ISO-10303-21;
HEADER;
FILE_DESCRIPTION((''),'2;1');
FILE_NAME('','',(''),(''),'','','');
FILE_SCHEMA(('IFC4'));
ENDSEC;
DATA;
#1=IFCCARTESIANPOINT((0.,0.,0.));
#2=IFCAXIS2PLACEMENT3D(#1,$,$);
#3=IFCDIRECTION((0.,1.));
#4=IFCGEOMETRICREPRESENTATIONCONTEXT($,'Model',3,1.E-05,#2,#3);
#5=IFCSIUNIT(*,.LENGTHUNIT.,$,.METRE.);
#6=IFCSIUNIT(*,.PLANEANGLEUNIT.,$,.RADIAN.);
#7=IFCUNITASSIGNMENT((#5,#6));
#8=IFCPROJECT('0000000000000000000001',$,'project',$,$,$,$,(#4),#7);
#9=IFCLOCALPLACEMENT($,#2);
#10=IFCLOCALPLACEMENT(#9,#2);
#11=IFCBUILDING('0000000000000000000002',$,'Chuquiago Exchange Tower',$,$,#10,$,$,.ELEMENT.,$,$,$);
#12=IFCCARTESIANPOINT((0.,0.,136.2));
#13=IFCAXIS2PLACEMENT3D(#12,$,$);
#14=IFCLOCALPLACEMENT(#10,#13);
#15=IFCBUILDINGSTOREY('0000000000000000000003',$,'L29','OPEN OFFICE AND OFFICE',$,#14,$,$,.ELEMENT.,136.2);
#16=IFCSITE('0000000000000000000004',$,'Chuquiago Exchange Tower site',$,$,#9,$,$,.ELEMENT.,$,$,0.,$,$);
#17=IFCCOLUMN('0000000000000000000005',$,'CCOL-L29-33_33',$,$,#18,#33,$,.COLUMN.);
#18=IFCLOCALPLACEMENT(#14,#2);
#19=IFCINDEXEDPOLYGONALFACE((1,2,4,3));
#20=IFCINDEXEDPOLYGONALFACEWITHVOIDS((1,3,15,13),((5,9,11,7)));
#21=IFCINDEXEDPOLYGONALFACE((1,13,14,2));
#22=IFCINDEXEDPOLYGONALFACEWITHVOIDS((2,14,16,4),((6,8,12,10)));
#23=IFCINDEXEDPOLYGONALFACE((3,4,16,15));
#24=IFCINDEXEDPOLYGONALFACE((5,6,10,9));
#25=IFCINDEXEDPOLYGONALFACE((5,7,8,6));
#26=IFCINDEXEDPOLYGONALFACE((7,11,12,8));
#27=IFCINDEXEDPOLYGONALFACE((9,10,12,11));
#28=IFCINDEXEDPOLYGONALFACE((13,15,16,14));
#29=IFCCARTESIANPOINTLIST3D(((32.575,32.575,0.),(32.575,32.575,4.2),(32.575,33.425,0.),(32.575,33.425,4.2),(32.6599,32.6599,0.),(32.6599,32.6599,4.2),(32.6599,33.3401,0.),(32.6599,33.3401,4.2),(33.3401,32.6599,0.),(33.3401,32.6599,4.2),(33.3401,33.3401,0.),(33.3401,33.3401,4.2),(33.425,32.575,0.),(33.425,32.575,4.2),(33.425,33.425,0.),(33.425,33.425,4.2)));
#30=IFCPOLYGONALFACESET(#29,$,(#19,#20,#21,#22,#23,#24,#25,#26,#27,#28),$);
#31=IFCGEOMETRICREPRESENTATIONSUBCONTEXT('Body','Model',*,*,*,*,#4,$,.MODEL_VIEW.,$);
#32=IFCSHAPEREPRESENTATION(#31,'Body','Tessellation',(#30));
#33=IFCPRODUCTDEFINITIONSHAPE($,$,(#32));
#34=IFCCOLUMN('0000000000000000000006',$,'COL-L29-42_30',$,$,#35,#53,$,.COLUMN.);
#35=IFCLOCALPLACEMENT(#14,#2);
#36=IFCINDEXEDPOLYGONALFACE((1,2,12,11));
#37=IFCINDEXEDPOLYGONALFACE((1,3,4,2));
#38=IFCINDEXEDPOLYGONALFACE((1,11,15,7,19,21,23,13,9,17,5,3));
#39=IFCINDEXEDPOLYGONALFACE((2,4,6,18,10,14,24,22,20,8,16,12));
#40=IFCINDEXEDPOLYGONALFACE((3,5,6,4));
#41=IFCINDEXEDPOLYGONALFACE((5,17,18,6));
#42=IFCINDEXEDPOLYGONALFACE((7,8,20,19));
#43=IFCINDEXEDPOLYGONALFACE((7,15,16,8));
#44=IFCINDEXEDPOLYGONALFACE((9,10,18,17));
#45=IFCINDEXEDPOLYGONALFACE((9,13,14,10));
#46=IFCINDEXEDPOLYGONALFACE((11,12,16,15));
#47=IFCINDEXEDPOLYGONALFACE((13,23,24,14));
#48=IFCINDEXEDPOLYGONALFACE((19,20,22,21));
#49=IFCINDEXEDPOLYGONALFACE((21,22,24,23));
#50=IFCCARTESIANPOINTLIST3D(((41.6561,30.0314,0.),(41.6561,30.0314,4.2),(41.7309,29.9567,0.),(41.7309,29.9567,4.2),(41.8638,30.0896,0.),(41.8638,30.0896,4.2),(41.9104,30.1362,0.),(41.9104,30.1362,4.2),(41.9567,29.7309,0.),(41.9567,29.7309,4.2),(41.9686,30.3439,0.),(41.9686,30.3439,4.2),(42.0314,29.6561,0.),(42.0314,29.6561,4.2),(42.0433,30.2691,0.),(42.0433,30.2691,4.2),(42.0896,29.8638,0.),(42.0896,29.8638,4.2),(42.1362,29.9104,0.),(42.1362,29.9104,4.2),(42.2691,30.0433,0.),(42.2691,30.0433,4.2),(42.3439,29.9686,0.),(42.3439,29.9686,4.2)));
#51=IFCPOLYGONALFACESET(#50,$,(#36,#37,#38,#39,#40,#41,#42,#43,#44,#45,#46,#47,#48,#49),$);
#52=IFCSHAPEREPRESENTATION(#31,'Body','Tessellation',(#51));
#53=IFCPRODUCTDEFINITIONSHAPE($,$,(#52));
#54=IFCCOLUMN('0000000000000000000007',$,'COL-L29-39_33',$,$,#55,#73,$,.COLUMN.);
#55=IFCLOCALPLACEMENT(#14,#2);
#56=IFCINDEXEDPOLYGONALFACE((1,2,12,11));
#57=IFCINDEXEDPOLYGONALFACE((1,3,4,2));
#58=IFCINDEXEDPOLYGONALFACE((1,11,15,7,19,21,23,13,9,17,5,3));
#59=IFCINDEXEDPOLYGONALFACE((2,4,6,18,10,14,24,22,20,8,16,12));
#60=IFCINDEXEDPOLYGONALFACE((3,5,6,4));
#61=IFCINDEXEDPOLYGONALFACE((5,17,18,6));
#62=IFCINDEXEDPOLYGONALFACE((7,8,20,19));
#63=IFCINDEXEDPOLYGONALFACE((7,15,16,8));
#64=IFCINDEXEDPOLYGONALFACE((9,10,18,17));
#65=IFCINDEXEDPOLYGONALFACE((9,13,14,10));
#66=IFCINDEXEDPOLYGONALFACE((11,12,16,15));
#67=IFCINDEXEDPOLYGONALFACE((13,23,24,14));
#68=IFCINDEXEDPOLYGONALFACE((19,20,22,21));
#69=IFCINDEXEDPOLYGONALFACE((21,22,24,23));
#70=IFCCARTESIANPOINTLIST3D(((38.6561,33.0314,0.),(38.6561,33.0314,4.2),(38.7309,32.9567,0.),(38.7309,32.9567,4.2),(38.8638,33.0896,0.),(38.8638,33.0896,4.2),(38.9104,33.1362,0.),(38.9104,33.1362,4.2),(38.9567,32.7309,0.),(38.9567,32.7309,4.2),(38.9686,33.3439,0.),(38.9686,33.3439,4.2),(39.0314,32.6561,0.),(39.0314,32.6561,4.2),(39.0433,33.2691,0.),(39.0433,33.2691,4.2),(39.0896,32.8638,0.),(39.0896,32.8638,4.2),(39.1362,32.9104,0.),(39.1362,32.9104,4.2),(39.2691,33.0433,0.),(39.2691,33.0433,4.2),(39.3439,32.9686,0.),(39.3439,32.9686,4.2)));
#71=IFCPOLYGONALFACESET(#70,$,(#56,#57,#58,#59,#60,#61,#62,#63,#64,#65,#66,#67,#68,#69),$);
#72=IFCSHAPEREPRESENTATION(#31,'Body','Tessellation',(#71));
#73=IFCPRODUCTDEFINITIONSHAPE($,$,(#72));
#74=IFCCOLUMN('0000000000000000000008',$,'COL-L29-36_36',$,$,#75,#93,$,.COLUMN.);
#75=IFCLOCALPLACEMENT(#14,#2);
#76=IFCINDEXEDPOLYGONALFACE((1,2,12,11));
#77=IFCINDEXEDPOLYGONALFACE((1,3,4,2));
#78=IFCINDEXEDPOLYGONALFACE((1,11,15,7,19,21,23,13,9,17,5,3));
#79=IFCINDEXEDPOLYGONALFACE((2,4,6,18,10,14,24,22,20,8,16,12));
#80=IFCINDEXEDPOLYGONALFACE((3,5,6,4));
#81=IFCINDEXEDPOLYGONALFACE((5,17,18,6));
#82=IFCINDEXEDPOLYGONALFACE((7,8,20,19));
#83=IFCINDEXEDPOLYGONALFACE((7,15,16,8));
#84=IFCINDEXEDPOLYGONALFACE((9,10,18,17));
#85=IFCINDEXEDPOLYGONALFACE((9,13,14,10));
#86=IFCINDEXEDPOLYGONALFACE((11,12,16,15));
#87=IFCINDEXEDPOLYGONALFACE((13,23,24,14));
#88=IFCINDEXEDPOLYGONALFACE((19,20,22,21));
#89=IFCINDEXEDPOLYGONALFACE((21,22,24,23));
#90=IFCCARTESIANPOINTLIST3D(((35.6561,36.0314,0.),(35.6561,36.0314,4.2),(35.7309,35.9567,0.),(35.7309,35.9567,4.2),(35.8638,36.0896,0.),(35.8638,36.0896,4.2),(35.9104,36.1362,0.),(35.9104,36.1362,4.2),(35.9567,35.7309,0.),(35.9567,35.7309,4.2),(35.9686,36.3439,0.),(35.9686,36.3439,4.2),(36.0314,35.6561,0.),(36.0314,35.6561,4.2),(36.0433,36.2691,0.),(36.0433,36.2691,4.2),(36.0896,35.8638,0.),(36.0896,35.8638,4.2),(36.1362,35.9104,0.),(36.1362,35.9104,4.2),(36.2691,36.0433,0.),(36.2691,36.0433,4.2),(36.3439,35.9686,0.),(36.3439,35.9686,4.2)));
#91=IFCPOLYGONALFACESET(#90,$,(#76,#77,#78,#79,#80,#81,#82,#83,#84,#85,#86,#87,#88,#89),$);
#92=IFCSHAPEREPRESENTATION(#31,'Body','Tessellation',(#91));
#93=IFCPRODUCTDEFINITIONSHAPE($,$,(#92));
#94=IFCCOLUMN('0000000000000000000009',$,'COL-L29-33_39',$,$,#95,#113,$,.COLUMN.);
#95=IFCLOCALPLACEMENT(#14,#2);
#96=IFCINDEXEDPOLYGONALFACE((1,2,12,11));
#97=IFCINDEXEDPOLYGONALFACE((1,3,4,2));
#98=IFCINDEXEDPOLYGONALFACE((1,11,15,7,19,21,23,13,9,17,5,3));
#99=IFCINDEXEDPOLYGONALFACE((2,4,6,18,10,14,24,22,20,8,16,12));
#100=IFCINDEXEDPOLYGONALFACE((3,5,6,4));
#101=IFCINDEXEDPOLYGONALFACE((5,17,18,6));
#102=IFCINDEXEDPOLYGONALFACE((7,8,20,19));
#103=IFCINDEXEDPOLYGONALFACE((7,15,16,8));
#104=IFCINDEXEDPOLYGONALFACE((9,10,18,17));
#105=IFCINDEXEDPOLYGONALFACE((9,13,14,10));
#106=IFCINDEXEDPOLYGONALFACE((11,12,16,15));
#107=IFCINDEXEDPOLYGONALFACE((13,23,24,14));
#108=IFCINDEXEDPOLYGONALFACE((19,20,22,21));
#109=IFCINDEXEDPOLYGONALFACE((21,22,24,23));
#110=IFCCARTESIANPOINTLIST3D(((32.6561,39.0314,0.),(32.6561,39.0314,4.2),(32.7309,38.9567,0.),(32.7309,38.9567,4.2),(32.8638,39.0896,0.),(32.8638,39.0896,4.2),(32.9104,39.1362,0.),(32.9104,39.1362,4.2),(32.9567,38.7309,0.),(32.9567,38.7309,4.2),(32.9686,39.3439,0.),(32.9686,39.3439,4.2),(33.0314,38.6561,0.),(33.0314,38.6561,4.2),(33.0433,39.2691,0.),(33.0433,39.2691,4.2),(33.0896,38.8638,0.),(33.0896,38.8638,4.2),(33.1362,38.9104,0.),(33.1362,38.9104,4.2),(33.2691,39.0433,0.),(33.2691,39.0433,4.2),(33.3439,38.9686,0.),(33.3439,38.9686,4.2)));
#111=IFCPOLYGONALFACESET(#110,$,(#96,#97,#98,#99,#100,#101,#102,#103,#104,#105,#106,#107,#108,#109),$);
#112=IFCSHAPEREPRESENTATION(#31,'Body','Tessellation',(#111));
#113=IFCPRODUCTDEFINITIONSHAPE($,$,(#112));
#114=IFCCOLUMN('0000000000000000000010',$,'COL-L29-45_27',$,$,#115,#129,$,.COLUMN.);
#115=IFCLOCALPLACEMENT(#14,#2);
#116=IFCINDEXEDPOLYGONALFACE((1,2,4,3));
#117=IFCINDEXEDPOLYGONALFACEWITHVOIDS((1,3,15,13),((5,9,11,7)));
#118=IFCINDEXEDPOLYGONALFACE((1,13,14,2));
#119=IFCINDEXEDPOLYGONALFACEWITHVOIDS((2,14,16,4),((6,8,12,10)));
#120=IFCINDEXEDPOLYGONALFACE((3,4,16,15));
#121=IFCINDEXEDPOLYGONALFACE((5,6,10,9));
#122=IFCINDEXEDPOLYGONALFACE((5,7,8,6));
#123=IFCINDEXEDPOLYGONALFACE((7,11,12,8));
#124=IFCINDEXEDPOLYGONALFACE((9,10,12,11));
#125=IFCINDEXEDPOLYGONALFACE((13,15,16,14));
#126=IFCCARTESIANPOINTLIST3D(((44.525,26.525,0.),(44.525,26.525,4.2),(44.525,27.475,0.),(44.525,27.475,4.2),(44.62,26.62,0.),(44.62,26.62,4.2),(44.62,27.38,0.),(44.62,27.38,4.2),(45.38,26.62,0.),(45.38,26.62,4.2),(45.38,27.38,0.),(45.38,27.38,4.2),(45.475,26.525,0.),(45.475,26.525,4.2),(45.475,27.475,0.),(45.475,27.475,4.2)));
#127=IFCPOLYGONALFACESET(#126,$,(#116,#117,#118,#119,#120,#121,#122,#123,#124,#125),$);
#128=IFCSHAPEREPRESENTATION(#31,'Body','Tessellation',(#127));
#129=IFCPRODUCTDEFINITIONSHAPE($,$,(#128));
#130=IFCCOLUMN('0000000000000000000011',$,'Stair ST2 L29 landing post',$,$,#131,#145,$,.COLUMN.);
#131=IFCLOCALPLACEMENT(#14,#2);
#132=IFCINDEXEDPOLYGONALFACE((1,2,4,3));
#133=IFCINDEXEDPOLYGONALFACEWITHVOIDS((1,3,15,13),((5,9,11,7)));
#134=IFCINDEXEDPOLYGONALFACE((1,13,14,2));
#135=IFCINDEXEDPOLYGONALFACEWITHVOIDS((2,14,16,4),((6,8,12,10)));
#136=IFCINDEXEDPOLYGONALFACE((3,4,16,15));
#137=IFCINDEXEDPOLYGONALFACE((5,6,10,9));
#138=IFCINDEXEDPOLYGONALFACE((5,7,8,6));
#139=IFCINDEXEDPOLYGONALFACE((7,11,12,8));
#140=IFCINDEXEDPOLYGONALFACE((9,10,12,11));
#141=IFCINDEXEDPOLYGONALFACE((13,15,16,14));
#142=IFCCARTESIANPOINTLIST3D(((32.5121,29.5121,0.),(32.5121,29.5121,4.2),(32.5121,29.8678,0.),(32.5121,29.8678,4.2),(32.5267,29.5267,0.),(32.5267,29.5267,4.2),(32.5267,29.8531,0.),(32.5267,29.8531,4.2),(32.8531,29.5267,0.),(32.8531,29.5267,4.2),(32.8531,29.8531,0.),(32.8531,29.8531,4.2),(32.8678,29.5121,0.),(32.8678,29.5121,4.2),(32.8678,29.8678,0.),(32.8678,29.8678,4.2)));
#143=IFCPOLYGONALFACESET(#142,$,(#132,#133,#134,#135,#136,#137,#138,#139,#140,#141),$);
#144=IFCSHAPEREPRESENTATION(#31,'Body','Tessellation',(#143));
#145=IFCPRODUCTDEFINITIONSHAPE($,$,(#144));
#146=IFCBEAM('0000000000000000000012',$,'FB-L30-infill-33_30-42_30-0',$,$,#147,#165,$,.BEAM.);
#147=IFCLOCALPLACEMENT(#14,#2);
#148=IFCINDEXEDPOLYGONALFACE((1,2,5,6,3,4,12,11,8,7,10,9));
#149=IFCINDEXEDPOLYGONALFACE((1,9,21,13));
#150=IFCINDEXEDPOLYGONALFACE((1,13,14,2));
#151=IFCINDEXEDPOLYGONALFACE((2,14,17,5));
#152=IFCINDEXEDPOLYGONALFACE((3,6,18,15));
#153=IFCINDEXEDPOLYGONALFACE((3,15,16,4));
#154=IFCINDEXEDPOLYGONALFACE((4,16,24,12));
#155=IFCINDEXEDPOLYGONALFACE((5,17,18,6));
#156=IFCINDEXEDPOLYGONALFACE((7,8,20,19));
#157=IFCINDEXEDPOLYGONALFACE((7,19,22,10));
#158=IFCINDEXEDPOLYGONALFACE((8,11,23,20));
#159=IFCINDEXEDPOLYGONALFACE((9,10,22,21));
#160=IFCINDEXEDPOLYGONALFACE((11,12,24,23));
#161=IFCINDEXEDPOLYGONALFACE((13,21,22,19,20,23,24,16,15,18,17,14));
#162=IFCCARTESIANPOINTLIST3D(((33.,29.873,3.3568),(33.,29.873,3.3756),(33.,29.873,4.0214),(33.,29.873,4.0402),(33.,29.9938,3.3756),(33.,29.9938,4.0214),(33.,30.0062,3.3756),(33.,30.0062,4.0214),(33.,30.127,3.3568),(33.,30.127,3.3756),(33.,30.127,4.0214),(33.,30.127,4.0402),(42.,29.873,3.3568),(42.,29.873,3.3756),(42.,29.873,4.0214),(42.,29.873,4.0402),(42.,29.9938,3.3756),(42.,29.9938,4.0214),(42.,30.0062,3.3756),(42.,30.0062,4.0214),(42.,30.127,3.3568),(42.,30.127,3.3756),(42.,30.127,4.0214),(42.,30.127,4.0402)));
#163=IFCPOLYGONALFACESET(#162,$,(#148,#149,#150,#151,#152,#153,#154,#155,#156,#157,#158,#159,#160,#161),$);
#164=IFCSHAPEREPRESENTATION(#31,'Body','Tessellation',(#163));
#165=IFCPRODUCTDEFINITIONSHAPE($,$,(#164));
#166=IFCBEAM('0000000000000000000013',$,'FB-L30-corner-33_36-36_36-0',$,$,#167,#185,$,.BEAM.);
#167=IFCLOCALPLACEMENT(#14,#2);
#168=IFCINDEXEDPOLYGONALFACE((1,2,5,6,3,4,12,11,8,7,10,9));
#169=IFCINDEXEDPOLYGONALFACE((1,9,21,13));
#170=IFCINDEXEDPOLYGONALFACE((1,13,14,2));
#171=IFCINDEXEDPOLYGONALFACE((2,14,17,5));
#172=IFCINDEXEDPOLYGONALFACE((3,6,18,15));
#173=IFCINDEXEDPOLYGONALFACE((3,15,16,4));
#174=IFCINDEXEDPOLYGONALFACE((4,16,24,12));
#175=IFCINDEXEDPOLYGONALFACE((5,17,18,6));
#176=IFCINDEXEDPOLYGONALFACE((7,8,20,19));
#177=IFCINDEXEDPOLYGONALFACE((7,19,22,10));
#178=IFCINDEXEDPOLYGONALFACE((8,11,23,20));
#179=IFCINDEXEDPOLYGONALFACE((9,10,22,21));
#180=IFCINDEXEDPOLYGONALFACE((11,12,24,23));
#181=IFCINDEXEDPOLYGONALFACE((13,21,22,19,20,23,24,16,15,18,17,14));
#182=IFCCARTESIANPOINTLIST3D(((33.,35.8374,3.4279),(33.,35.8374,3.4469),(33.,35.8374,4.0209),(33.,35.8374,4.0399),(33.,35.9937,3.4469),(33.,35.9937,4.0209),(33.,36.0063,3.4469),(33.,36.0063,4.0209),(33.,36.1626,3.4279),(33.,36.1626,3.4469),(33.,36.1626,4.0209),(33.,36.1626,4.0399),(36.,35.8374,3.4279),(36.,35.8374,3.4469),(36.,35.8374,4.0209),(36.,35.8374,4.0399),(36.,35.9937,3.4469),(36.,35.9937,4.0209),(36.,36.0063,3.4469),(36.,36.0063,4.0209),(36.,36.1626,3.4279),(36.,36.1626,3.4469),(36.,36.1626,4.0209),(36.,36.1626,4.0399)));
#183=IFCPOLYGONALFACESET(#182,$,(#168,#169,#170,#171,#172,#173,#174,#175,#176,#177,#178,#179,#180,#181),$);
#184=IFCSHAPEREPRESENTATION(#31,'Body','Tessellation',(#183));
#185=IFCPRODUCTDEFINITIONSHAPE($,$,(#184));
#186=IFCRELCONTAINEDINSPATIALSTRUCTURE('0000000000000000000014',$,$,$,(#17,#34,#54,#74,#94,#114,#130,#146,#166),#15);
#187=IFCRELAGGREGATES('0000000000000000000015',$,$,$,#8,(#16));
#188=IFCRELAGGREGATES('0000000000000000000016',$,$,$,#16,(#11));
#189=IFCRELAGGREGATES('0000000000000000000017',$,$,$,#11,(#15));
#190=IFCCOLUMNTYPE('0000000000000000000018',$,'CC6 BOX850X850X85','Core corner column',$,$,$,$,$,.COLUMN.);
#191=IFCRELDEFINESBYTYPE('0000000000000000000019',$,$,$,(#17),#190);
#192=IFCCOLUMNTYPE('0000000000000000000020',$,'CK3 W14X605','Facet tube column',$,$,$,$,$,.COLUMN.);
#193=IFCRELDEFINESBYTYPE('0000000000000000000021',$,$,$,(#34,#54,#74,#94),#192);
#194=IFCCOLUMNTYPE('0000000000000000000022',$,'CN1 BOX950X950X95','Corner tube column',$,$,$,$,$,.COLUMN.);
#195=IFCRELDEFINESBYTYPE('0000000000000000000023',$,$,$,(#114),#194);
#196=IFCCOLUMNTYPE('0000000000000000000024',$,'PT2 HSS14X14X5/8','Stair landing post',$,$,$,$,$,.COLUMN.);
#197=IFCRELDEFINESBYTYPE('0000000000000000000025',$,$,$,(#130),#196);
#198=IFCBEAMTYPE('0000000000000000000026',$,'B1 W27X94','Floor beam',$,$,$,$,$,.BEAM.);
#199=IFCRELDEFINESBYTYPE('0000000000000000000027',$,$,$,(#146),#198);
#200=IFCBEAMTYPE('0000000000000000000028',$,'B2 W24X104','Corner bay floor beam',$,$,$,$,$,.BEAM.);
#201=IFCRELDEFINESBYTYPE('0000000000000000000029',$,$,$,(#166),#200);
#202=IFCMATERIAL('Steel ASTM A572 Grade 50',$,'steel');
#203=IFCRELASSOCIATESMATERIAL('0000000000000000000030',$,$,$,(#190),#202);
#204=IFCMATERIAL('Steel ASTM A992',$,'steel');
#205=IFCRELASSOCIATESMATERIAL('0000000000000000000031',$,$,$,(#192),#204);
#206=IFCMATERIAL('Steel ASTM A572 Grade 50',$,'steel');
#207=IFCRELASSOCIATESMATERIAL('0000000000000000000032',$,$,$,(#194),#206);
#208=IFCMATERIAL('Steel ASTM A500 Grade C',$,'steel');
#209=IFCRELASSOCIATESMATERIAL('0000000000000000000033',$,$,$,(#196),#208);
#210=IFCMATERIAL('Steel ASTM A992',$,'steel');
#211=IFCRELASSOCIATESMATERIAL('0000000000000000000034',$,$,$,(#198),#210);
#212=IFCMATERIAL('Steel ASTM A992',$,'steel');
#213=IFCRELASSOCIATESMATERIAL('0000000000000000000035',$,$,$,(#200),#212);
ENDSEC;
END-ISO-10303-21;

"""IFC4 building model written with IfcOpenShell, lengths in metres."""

from ifc_helpers import new_model, si_unit, direction, frame, origin, origin_2d, place, context, subcontext, project, spatial, hollow_rectangle, i_section, extrude, material, material_profile, profile_set, type_object, element, save


model = new_model("IFC4")

# Units and contexts
model_context = context("Model", 3, precision=1e-05, world=origin(), true_north=direction((0.0, 1.0)))
body_context = subcontext(model_context, "Body", "Model", "MODEL_VIEW")
ifc_project = project(units=[si_unit("LENGTHUNIT", "METRE"), si_unit("PLANEANGLEUNIT", "RADIAN")], contexts=[model_context])

# Site, building, storey
site_placement = place(None, origin())
site = spatial("IfcSite", under=ifc_project, at=site_placement, Name="Chuquiago Exchange Tower site", CompositionType="ELEMENT", RefElevation=0.0)
building_placement = place(site_placement, origin())
building = spatial("IfcBuilding", under=site, at=building_placement, Name="Chuquiago Exchange Tower", CompositionType="ELEMENT")
storey_placement = place(building_placement, frame((0.0, 0.0, 136.2)))
storey = spatial("IfcBuildingStorey", under=building, at=storey_placement, Name="L29", Description="OPEN OFFICE AND OFFICE", CompositionType="ELEMENT", Elevation=136.2)

# Columns
ifc_material_1 = material(Name="Steel ASTM A572 Grade 50", Category="steel")
ifc_material_profile_1 = material_profile(ifc_material_1, hollow_rectangle(XDim=0.8501, YDim=0.8501, WallThickness=0.085, at=origin_2d()), Name="BOX850X850X85")
ifc_profile_set_1 = profile_set([ifc_material_profile_1], Name="Steel ASTM A572 Grade 50")
column_type_1 = type_object("IfcColumnType", Name="CC6 BOX850X850X85", Description="Core corner column", PredefinedType="COLUMN", material=ifc_profile_set_1)
column_1_placement = place(storey_placement, frame((33.0, 33.0, 0.0), z_axis=(0.0, 0.0, 1.0), x_axis=(1.0, 0.0, 0.0)))
element("IfcColumn", 1, at=column_1_placement, inside=storey, type_object=column_type_1, Name="CCOL-L29-33_33", PredefinedType="COLUMN", context=body_context, shape_type="SweptSolid", body=[
    extrude(hollow_rectangle(XDim=0.8501, YDim=0.8501, WallThickness=0.085, at=origin_2d()), origin(), (0.0, 0.0, 1.0), 4.2),
])
ifc_material_2 = material(Name="Steel ASTM A992", Category="steel")
ifc_material_profile_2 = material_profile(ifc_material_2, i_section(OverallWidth=0.4419, OverallDepth=0.5308, WebThickness=0.0659, FlangeThickness=0.1057, at=origin_2d()), Name="W14X605")
ifc_profile_set_2 = profile_set([ifc_material_profile_2], Name="Steel ASTM A992")
column_type_2 = type_object("IfcColumnType", Name="CK3 W14X605", Description="Facet tube column", PredefinedType="COLUMN", material=ifc_profile_set_2)
for number, where, z_axis, x_axis, name in (
    (2, (42.0, 30.0, 0.0), (0.0, 0.0, 1.0), (0.707107, 0.707107, 0.0), "COL-L29-42_30"),
    (3, (39.0, 33.0, 0.0), (0.0, 0.0, 1.0), (0.707107, 0.707107, 0.0), "COL-L29-39_33"),
    (4, (36.0, 36.0, 0.0), (0.0, 0.0, 1.0), (0.707107, 0.707107, 0.0), "COL-L29-36_36"),
    (5, (33.0, 39.0, 0.0), (0.0, 0.0, 1.0), (0.707107, 0.707107, 0.0), "COL-L29-33_39"),
):
    element("IfcColumn", number, at=place(storey_placement, frame(where, z_axis=z_axis, x_axis=x_axis)), inside=storey, type_object=column_type_2, Name=name, PredefinedType="COLUMN", context=body_context, shape_type="SweptSolid", body=[
        extrude(i_section(OverallWidth=0.4419, OverallDepth=0.5308, WebThickness=0.0659, FlangeThickness=0.1057, at=origin_2d()), origin(), (0.0, 0.0, 1.0), 4.2),
    ])
ifc_material_3 = material(Name="Steel ASTM A572 Grade 50", Category="steel")
ifc_material_profile_3 = material_profile(ifc_material_3, hollow_rectangle(XDim=0.95, YDim=0.95, WallThickness=0.095, at=origin_2d()), Name="BOX950X950X95")
ifc_profile_set_3 = profile_set([ifc_material_profile_3], Name="Steel ASTM A572 Grade 50")
column_type_3 = type_object("IfcColumnType", Name="CN1 BOX950X950X95", Description="Corner tube column", PredefinedType="COLUMN", material=ifc_profile_set_3)
column_2_placement = place(storey_placement, frame((45.0, 27.0, 0.0), z_axis=(0.0, 0.0, 1.0), x_axis=(1.0, 0.0, 0.0)))
element("IfcColumn", 6, at=column_2_placement, inside=storey, type_object=column_type_3, Name="COL-L29-45_27", PredefinedType="COLUMN", context=body_context, shape_type="SweptSolid", body=[
    extrude(hollow_rectangle(XDim=0.95, YDim=0.95, WallThickness=0.095, at=origin_2d()), origin(), (0.0, 0.0, 1.0), 4.2),
])
ifc_material_4 = material(Name="Steel ASTM A500 Grade C", Category="steel")
ifc_material_profile_4 = material_profile(ifc_material_4, hollow_rectangle(XDim=0.3557, YDim=0.3557, WallThickness=0.0146, at=origin_2d()), Name="HSS14X14X5/8")
ifc_profile_set_4 = profile_set([ifc_material_profile_4], Name="Steel ASTM A500 Grade C")
column_type_4 = type_object("IfcColumnType", Name="PT2 HSS14X14X5/8", Description="Stair landing post", PredefinedType="COLUMN", material=ifc_profile_set_4)
column_3_placement = place(storey_placement, frame((32.6899, 29.6899, 0.0), z_axis=(0.0, 0.0, 1.0), x_axis=(1.0, 0.0, 0.0)))
element("IfcColumn", 7, at=column_3_placement, inside=storey, type_object=column_type_4, Name="Stair ST2 L29 landing post", PredefinedType="COLUMN", context=body_context, shape_type="SweptSolid", body=[
    extrude(hollow_rectangle(XDim=0.3557, YDim=0.3557, WallThickness=0.0146, at=origin_2d()), origin(), (0.0, 0.0, 1.0), 4.2),
])

# Beams
ifc_material_5 = material(Name="Steel ASTM A992", Category="steel")
ifc_material_profile_5 = material_profile(ifc_material_5, i_section(OverallWidth=0.2539, OverallDepth=0.6833, WebThickness=0.0125, FlangeThickness=0.0188, at=origin_2d()), Name="W27X94")
ifc_profile_set_5 = profile_set([ifc_material_profile_5], Name="Steel ASTM A992")
beam_type_1 = type_object("IfcBeamType", Name="B1 W27X94", Description="Floor beam", PredefinedType="BEAM", material=ifc_profile_set_5)
beam_1_placement = place(storey_placement, frame((33.0, 30.0, 3.6985), z_axis=(1.0, 0.0, 0.0), x_axis=(0.0, 1.0, 0.0)))
element("IfcBeam", 8, at=beam_1_placement, inside=storey, type_object=beam_type_1, Name="FB-L30-infill-33_30-42_30-0", PredefinedType="BEAM", context=body_context, shape_type="SweptSolid", body=[
    extrude(i_section(OverallWidth=0.2539, OverallDepth=0.6833, WebThickness=0.0125, FlangeThickness=0.0188, at=origin_2d()), origin(), (0.0, 0.0, 1.0), 9.0),
])
ifc_material_6 = material(Name="Steel ASTM A992", Category="steel")
ifc_material_profile_6 = material_profile(ifc_material_6, i_section(OverallWidth=0.3252, OverallDepth=0.6121, WebThickness=0.0127, FlangeThickness=0.019, at=origin_2d()), Name="W24X104")
ifc_profile_set_6 = profile_set([ifc_material_profile_6], Name="Steel ASTM A992")
beam_type_2 = type_object("IfcBeamType", Name="B2 W24X104", Description="Corner bay floor beam", PredefinedType="BEAM", material=ifc_profile_set_6)
beam_2_placement = place(storey_placement, frame((33.0, 36.0, 3.7339), z_axis=(1.0, 0.0, 0.0), x_axis=(0.0, 1.0, 0.0)))
element("IfcBeam", 9, at=beam_2_placement, inside=storey, type_object=beam_type_2, Name="FB-L30-corner-33_36-36_36-0", PredefinedType="BEAM", context=body_context, shape_type="SweptSolid", body=[
    extrude(i_section(OverallWidth=0.3252, OverallDepth=0.6121, WebThickness=0.0127, FlangeThickness=0.019, at=origin_2d()), origin(), (0.0, 0.0, 1.0), 3.0),
])

save(model, "model.ifc")
